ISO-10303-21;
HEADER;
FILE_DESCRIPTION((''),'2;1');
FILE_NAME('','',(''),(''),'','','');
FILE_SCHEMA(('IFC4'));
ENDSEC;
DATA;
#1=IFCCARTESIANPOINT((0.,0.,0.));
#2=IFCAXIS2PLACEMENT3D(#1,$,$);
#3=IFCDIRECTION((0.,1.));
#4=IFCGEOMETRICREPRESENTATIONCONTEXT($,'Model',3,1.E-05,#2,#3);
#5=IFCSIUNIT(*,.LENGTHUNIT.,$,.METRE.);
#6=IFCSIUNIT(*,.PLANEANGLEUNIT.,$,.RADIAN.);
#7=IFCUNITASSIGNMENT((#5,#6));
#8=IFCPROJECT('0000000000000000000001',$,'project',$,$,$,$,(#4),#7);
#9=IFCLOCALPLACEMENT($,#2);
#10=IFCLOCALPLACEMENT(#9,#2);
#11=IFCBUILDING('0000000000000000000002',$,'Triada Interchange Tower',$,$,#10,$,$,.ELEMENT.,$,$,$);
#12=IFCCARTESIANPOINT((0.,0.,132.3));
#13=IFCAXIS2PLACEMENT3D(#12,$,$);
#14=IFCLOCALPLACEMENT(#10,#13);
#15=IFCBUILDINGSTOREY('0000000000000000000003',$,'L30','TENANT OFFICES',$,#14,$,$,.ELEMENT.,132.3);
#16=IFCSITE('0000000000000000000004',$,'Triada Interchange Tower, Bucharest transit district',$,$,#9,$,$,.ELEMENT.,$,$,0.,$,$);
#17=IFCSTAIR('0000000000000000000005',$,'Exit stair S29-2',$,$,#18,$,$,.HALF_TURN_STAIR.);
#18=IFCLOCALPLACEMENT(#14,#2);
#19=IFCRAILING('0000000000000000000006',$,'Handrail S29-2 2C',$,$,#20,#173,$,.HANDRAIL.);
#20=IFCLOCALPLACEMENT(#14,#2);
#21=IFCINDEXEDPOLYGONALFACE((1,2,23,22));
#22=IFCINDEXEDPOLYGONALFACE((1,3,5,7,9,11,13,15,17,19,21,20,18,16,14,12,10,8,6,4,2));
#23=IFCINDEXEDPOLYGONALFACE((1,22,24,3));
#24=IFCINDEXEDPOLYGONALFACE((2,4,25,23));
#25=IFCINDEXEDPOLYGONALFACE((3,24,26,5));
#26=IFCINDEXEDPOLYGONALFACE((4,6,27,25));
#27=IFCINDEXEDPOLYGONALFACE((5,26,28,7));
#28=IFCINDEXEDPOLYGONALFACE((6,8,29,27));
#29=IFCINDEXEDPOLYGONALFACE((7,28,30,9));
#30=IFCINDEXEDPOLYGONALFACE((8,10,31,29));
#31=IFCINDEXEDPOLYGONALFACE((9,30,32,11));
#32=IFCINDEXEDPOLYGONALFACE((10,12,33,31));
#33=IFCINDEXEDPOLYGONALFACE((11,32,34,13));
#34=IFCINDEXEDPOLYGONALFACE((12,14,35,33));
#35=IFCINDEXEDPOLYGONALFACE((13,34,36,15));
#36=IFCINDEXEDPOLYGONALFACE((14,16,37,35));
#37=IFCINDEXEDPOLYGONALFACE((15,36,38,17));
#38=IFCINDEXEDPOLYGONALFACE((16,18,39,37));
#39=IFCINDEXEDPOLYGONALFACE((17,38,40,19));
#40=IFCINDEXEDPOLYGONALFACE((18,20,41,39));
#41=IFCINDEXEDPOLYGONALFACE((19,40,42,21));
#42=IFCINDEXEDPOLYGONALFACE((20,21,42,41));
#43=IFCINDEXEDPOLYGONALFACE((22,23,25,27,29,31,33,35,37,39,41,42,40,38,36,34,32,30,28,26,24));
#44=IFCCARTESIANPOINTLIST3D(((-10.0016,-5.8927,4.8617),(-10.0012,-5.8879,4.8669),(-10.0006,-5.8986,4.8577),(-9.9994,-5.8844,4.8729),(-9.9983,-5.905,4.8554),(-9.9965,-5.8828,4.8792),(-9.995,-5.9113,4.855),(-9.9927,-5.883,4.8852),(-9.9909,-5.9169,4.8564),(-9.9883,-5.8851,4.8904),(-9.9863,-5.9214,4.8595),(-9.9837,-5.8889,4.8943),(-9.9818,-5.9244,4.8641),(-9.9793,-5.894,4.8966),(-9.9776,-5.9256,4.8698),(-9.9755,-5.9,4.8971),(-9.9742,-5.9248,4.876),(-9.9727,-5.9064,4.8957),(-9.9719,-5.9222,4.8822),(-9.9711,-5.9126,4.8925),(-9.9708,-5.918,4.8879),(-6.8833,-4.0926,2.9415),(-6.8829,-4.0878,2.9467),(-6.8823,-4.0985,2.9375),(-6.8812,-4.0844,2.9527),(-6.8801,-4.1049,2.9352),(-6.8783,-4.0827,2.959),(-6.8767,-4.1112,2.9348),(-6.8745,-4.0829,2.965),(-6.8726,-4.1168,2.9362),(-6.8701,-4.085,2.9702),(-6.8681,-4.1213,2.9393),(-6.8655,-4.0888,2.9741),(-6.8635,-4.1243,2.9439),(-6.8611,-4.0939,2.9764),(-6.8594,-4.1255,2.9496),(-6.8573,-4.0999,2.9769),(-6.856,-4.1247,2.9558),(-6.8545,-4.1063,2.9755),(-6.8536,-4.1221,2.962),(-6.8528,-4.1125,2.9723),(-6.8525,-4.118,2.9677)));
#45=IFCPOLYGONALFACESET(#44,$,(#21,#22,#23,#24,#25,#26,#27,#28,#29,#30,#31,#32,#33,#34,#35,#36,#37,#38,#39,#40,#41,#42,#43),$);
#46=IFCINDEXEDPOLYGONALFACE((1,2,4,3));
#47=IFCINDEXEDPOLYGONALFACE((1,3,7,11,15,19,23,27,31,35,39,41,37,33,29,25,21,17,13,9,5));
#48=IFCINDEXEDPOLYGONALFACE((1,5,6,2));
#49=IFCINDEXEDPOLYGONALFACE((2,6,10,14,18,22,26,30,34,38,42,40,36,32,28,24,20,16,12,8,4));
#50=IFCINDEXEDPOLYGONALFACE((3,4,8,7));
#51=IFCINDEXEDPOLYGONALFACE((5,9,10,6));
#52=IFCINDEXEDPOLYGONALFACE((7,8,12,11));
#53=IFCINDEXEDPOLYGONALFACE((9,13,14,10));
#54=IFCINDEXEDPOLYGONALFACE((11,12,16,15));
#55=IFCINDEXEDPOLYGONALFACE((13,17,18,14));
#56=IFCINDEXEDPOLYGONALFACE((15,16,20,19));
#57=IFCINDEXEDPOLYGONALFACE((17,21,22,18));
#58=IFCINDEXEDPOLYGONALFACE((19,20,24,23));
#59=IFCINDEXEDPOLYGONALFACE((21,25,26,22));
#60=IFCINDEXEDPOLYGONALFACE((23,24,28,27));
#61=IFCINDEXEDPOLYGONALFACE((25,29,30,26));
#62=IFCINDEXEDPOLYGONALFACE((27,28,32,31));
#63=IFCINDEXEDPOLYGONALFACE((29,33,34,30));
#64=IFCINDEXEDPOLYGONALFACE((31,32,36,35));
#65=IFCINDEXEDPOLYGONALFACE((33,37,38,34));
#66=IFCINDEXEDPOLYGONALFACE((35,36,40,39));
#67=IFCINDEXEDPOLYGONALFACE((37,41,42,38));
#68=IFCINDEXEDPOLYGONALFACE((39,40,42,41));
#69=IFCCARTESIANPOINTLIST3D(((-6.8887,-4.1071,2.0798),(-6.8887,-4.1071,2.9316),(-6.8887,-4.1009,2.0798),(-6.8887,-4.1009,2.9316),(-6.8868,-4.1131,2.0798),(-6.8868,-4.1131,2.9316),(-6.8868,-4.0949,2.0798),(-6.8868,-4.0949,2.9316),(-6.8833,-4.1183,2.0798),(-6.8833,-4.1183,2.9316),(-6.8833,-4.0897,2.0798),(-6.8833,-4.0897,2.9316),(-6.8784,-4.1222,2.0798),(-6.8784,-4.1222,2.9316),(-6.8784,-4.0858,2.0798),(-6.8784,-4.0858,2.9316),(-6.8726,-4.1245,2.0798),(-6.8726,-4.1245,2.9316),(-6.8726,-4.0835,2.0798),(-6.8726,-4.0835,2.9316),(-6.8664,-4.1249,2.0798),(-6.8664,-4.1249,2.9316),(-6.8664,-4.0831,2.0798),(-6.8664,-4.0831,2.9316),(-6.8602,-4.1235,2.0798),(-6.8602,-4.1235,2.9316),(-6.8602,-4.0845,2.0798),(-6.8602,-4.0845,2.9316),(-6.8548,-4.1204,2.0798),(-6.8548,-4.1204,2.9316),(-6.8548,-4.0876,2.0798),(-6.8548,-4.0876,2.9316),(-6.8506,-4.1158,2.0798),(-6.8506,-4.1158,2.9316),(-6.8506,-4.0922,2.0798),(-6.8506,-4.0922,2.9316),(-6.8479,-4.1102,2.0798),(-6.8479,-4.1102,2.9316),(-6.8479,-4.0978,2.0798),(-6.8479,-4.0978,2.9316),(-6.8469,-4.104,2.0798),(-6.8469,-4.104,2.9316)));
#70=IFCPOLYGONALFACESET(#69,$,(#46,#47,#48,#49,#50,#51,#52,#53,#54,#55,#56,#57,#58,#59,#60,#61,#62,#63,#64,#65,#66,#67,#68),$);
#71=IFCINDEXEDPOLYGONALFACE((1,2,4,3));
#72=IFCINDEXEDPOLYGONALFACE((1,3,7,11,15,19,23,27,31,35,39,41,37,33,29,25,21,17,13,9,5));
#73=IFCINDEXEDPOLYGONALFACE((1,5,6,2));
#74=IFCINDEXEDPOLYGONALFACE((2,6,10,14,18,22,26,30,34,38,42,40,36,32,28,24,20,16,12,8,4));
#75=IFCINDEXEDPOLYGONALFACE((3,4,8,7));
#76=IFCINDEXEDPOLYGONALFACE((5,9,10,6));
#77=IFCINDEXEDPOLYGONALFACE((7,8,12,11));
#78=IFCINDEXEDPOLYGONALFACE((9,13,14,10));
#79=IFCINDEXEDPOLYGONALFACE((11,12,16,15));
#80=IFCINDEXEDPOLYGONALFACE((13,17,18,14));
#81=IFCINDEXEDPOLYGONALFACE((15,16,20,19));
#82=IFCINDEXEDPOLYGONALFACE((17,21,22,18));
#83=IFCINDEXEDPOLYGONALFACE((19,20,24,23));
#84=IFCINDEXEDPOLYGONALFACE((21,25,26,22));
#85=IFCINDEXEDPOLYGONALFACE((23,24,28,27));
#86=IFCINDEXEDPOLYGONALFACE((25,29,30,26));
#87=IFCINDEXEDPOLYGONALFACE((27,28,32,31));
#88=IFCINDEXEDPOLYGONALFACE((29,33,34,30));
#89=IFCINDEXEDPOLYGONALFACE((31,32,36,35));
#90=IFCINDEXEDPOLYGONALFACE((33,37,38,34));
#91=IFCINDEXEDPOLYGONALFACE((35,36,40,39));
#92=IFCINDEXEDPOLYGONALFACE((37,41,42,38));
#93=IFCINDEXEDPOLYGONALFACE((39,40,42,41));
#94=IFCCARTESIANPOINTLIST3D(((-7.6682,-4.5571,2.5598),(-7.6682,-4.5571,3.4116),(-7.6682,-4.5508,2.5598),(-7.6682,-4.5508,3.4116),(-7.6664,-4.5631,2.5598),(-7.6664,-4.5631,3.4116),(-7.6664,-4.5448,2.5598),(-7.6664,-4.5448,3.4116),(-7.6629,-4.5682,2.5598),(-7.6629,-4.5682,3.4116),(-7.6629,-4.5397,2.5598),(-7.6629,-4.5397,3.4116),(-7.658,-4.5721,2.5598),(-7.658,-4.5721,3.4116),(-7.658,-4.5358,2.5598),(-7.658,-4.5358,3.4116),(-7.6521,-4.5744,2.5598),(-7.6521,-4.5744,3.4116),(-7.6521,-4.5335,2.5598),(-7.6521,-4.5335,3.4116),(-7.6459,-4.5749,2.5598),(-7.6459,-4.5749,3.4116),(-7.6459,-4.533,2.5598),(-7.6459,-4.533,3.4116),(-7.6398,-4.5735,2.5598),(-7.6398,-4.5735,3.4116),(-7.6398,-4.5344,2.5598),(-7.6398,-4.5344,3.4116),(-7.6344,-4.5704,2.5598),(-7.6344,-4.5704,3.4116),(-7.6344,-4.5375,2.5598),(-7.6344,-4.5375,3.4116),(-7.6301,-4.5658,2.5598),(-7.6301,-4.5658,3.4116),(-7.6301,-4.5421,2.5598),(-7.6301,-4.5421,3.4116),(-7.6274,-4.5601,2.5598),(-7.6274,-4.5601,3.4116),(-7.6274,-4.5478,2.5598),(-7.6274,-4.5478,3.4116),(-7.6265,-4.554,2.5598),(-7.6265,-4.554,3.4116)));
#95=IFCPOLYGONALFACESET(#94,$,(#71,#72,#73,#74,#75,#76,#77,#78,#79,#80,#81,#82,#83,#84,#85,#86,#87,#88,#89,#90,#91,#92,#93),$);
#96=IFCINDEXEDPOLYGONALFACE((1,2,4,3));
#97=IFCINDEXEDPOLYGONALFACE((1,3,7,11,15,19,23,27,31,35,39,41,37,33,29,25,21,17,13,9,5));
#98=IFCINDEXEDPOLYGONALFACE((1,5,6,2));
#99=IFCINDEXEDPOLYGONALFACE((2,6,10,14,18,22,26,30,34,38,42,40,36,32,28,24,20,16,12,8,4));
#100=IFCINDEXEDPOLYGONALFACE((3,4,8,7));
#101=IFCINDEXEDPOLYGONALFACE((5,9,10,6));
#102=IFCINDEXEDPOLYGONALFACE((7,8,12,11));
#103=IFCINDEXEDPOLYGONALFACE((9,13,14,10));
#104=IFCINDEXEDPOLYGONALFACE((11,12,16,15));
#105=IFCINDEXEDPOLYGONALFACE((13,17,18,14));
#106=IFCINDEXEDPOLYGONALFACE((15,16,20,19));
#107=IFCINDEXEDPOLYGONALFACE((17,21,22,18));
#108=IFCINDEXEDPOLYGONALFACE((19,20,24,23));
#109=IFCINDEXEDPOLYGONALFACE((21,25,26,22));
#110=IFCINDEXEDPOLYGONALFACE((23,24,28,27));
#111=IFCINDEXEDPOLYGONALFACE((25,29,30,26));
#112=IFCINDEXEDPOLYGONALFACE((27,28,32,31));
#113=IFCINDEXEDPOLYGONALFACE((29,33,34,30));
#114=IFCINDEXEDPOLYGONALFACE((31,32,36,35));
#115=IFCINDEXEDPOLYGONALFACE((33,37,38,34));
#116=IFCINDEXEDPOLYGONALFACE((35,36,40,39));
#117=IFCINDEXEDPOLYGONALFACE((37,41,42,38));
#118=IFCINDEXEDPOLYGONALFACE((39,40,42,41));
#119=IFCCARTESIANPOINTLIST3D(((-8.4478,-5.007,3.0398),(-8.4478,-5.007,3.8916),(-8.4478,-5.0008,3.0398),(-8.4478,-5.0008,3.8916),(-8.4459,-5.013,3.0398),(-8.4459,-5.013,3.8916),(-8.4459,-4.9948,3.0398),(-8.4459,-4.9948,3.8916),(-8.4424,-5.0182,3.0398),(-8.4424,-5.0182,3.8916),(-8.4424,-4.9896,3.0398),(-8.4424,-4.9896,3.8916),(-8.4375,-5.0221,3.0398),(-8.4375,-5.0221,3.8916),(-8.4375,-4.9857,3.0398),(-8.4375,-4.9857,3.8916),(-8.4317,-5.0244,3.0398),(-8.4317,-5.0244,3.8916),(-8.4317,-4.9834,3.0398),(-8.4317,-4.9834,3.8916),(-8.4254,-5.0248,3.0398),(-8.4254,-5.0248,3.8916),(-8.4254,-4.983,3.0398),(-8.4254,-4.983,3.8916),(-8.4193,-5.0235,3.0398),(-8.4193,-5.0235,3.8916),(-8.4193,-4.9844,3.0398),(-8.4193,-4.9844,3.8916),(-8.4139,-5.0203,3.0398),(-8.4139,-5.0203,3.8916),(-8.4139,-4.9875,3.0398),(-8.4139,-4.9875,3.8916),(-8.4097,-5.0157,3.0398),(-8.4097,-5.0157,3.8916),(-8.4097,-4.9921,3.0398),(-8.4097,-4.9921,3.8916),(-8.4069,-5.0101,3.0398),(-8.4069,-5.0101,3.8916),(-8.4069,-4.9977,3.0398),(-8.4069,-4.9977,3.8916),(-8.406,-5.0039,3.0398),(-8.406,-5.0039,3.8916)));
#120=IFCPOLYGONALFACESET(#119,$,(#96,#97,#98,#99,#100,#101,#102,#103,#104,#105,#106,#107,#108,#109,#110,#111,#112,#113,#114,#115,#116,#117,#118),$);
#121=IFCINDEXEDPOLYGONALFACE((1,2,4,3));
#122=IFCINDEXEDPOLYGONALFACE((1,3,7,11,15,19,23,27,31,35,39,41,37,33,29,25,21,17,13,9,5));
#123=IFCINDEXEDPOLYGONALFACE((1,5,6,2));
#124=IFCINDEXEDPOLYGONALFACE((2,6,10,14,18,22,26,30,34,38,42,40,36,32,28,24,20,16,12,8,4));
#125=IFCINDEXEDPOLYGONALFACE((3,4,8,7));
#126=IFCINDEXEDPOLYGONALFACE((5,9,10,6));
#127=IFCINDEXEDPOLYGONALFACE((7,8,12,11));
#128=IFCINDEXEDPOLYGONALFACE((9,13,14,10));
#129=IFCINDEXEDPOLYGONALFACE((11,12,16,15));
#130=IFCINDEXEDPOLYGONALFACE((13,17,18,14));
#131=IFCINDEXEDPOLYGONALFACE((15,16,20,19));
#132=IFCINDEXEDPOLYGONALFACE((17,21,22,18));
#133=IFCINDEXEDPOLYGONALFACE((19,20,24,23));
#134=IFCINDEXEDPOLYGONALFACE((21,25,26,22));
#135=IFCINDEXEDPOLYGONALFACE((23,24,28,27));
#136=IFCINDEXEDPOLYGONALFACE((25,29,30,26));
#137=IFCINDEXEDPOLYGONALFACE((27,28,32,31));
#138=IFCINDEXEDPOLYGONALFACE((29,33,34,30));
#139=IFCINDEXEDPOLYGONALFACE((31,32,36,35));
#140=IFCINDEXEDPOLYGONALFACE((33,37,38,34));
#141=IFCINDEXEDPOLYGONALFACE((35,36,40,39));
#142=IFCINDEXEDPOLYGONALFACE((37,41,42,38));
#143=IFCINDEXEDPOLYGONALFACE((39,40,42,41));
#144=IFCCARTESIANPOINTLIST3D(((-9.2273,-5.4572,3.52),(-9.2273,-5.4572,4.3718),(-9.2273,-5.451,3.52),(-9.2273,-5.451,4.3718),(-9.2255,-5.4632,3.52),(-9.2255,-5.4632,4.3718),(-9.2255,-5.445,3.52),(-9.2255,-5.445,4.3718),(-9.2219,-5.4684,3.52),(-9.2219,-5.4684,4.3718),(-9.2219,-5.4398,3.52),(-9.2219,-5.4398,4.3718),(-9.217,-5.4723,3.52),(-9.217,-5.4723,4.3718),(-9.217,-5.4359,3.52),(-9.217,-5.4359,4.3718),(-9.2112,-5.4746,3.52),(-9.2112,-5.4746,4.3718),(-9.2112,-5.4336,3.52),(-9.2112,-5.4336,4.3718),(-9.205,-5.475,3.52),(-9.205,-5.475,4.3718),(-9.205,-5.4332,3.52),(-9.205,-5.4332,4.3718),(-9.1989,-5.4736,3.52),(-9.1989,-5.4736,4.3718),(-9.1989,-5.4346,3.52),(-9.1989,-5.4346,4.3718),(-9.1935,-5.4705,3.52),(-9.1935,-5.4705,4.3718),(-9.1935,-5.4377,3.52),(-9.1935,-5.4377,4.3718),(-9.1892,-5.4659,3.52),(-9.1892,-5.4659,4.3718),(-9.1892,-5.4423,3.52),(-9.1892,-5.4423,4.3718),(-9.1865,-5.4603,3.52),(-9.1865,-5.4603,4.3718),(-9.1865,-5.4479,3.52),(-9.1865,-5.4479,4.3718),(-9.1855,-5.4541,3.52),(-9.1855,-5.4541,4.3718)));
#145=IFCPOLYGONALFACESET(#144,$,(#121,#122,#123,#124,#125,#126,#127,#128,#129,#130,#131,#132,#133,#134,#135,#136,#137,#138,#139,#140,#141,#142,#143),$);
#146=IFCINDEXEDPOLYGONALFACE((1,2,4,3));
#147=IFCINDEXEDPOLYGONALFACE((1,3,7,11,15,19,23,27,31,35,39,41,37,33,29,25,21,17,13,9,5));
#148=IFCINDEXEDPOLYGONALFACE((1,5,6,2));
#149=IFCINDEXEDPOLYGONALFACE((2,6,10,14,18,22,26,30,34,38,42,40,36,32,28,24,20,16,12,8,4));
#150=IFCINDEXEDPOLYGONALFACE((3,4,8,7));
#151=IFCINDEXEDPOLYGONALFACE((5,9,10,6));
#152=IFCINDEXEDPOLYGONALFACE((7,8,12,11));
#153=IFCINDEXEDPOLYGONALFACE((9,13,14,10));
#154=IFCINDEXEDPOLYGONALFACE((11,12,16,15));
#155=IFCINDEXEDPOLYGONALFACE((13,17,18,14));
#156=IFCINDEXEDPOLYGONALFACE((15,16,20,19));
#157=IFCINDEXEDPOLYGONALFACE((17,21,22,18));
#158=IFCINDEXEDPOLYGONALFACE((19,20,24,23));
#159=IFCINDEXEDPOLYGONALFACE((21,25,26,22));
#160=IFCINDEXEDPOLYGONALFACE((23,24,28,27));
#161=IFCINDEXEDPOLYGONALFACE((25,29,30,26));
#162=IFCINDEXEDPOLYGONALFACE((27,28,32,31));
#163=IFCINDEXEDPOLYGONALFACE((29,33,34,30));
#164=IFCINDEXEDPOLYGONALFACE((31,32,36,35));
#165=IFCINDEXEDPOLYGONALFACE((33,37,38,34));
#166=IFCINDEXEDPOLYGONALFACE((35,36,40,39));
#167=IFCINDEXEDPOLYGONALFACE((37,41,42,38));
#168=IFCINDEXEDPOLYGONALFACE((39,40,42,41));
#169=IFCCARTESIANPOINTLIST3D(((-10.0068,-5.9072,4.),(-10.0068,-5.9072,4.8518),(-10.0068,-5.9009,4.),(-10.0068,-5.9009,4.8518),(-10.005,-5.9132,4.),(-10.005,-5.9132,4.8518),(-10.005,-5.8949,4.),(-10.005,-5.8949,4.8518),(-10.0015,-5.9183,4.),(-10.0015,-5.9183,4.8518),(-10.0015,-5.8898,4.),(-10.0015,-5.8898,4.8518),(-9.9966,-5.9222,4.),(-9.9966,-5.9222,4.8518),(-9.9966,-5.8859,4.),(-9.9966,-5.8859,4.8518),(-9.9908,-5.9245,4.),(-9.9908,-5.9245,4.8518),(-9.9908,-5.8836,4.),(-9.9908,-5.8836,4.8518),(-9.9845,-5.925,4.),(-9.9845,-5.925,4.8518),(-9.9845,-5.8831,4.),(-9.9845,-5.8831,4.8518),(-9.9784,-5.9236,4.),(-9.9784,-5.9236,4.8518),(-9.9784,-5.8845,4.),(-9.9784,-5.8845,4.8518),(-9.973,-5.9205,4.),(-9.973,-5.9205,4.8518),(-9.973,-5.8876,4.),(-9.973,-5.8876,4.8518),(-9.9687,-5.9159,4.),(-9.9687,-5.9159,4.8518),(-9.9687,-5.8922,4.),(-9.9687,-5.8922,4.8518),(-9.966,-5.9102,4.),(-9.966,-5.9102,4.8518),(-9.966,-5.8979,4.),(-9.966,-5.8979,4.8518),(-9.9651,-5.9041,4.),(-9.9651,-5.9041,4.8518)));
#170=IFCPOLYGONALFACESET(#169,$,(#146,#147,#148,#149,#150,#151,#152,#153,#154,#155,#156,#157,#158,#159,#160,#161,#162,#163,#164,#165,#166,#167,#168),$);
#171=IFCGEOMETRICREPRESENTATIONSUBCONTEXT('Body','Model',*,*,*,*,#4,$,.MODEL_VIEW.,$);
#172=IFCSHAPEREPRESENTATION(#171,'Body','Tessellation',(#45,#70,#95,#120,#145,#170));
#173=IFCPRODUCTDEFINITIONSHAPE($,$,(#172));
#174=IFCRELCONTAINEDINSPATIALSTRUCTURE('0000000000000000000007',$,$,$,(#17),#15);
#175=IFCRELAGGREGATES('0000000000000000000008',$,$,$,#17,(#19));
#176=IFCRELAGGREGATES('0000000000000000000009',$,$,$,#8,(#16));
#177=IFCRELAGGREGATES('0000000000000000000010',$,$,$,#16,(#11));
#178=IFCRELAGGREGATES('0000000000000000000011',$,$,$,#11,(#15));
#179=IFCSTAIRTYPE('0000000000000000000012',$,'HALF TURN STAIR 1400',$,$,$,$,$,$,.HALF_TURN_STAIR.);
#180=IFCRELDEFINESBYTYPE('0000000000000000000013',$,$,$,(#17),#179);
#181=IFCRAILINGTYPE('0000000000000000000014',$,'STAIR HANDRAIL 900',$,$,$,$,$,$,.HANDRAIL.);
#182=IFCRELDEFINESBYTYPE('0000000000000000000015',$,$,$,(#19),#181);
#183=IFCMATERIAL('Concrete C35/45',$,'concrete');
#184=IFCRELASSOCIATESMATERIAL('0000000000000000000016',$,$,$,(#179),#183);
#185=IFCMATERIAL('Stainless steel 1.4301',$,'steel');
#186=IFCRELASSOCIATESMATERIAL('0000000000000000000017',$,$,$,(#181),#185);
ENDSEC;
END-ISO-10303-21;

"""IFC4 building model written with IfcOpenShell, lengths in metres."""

from ifc_helpers import new_model, si_unit, direction, frame, origin, origin_2d, place, context, subcontext, project, spatial, circle, extrude, material, type_object, element, aggregate, save


model = new_model("IFC4")

# Units and contexts
model_context = context("Model", 3, precision=1e-05, world=origin(), true_north=direction((0.0, 1.0)))
body_context = subcontext(model_context, "Body", "Model", "MODEL_VIEW")
ifc_project = project(units=[si_unit("LENGTHUNIT", "METRE"), si_unit("PLANEANGLEUNIT", "RADIAN")], contexts=[model_context])

# Site, building, storey
site_placement = place(None, origin())
site = spatial("IfcSite", under=ifc_project, at=site_placement, Name="Triada Interchange Tower, Bucharest transit district", CompositionType="ELEMENT", RefElevation=0.0)
building_placement = place(site_placement, origin())
building = spatial("IfcBuilding", under=site, at=building_placement, Name="Triada Interchange Tower", CompositionType="ELEMENT")
storey_placement = place(building_placement, frame((0.0, 0.0, 132.3)))
storey = spatial("IfcBuildingStorey", under=building, at=storey_placement, Name="L30", Description="TENANT OFFICES", CompositionType="ELEMENT", Elevation=132.3)

# Stair, railing
ifc_material_1 = material(Name="Concrete C35/45", Category="concrete")
stair_type = type_object("IfcStairType", Name="HALF TURN STAIR 1400", PredefinedType="HALF_TURN_STAIR", material=ifc_material_1)
stair_placement = place(storey_placement, origin())
stair = element("IfcStair", 1, at=stair_placement, inside=storey, type_object=stair_type, Name="Exit stair S29-2", PredefinedType="HALF_TURN_STAIR")
ifc_material_2 = material(Name="Stainless steel 1.4301", Category="steel")
railing_type = type_object("IfcRailingType", Name="STAIR HANDRAIL 900", PredefinedType="HANDRAIL", material=ifc_material_2)
railing_1_placement = place(storey_placement, frame((-6.8679, -4.104, 2.0798)))
railing_1 = element("IfcRailing", 2, at=railing_1_placement, type_object=railing_type, Name="Handrail S29-2 2C", PredefinedType="HANDRAIL", context=body_context, shape_type="SweptSolid", body=[
    extrude(circle(Radius=0.0239, at=origin_2d()), frame((0.0, 0.0, 0.876), z_axis=(-0.76417, -0.441139, 0.470576), x_axis=(0.499953, -0.866052, 0.0)), (0.0, 0.0, 1.0), 4.0806),
    extrude(circle(Radius=0.021, at=origin_2d()), origin(), (0.0, 0.0, 1.0), 0.8518),
    extrude(circle(Radius=0.021, at=origin_2d()), frame((-0.7795, -0.45, 0.48)), (0.0, 0.0, 1.0), 0.8518),
    extrude(circle(Radius=0.021, at=origin_2d()), frame((-1.5591, -0.8999, 0.96)), (0.0, 0.0, 1.0), 0.8518),
    extrude(circle(Radius=0.021, at=origin_2d()), frame((-2.3386, -1.3501, 1.4402)), (0.0, 0.0, 1.0), 0.8518),
    extrude(circle(Radius=0.021, at=origin_2d()), frame((-3.1182, -1.8, 1.9202)), (0.0, 0.0, 1.0), 0.8518),
])
aggregate(stair, [railing_1])

save(model, "model.ifc")
